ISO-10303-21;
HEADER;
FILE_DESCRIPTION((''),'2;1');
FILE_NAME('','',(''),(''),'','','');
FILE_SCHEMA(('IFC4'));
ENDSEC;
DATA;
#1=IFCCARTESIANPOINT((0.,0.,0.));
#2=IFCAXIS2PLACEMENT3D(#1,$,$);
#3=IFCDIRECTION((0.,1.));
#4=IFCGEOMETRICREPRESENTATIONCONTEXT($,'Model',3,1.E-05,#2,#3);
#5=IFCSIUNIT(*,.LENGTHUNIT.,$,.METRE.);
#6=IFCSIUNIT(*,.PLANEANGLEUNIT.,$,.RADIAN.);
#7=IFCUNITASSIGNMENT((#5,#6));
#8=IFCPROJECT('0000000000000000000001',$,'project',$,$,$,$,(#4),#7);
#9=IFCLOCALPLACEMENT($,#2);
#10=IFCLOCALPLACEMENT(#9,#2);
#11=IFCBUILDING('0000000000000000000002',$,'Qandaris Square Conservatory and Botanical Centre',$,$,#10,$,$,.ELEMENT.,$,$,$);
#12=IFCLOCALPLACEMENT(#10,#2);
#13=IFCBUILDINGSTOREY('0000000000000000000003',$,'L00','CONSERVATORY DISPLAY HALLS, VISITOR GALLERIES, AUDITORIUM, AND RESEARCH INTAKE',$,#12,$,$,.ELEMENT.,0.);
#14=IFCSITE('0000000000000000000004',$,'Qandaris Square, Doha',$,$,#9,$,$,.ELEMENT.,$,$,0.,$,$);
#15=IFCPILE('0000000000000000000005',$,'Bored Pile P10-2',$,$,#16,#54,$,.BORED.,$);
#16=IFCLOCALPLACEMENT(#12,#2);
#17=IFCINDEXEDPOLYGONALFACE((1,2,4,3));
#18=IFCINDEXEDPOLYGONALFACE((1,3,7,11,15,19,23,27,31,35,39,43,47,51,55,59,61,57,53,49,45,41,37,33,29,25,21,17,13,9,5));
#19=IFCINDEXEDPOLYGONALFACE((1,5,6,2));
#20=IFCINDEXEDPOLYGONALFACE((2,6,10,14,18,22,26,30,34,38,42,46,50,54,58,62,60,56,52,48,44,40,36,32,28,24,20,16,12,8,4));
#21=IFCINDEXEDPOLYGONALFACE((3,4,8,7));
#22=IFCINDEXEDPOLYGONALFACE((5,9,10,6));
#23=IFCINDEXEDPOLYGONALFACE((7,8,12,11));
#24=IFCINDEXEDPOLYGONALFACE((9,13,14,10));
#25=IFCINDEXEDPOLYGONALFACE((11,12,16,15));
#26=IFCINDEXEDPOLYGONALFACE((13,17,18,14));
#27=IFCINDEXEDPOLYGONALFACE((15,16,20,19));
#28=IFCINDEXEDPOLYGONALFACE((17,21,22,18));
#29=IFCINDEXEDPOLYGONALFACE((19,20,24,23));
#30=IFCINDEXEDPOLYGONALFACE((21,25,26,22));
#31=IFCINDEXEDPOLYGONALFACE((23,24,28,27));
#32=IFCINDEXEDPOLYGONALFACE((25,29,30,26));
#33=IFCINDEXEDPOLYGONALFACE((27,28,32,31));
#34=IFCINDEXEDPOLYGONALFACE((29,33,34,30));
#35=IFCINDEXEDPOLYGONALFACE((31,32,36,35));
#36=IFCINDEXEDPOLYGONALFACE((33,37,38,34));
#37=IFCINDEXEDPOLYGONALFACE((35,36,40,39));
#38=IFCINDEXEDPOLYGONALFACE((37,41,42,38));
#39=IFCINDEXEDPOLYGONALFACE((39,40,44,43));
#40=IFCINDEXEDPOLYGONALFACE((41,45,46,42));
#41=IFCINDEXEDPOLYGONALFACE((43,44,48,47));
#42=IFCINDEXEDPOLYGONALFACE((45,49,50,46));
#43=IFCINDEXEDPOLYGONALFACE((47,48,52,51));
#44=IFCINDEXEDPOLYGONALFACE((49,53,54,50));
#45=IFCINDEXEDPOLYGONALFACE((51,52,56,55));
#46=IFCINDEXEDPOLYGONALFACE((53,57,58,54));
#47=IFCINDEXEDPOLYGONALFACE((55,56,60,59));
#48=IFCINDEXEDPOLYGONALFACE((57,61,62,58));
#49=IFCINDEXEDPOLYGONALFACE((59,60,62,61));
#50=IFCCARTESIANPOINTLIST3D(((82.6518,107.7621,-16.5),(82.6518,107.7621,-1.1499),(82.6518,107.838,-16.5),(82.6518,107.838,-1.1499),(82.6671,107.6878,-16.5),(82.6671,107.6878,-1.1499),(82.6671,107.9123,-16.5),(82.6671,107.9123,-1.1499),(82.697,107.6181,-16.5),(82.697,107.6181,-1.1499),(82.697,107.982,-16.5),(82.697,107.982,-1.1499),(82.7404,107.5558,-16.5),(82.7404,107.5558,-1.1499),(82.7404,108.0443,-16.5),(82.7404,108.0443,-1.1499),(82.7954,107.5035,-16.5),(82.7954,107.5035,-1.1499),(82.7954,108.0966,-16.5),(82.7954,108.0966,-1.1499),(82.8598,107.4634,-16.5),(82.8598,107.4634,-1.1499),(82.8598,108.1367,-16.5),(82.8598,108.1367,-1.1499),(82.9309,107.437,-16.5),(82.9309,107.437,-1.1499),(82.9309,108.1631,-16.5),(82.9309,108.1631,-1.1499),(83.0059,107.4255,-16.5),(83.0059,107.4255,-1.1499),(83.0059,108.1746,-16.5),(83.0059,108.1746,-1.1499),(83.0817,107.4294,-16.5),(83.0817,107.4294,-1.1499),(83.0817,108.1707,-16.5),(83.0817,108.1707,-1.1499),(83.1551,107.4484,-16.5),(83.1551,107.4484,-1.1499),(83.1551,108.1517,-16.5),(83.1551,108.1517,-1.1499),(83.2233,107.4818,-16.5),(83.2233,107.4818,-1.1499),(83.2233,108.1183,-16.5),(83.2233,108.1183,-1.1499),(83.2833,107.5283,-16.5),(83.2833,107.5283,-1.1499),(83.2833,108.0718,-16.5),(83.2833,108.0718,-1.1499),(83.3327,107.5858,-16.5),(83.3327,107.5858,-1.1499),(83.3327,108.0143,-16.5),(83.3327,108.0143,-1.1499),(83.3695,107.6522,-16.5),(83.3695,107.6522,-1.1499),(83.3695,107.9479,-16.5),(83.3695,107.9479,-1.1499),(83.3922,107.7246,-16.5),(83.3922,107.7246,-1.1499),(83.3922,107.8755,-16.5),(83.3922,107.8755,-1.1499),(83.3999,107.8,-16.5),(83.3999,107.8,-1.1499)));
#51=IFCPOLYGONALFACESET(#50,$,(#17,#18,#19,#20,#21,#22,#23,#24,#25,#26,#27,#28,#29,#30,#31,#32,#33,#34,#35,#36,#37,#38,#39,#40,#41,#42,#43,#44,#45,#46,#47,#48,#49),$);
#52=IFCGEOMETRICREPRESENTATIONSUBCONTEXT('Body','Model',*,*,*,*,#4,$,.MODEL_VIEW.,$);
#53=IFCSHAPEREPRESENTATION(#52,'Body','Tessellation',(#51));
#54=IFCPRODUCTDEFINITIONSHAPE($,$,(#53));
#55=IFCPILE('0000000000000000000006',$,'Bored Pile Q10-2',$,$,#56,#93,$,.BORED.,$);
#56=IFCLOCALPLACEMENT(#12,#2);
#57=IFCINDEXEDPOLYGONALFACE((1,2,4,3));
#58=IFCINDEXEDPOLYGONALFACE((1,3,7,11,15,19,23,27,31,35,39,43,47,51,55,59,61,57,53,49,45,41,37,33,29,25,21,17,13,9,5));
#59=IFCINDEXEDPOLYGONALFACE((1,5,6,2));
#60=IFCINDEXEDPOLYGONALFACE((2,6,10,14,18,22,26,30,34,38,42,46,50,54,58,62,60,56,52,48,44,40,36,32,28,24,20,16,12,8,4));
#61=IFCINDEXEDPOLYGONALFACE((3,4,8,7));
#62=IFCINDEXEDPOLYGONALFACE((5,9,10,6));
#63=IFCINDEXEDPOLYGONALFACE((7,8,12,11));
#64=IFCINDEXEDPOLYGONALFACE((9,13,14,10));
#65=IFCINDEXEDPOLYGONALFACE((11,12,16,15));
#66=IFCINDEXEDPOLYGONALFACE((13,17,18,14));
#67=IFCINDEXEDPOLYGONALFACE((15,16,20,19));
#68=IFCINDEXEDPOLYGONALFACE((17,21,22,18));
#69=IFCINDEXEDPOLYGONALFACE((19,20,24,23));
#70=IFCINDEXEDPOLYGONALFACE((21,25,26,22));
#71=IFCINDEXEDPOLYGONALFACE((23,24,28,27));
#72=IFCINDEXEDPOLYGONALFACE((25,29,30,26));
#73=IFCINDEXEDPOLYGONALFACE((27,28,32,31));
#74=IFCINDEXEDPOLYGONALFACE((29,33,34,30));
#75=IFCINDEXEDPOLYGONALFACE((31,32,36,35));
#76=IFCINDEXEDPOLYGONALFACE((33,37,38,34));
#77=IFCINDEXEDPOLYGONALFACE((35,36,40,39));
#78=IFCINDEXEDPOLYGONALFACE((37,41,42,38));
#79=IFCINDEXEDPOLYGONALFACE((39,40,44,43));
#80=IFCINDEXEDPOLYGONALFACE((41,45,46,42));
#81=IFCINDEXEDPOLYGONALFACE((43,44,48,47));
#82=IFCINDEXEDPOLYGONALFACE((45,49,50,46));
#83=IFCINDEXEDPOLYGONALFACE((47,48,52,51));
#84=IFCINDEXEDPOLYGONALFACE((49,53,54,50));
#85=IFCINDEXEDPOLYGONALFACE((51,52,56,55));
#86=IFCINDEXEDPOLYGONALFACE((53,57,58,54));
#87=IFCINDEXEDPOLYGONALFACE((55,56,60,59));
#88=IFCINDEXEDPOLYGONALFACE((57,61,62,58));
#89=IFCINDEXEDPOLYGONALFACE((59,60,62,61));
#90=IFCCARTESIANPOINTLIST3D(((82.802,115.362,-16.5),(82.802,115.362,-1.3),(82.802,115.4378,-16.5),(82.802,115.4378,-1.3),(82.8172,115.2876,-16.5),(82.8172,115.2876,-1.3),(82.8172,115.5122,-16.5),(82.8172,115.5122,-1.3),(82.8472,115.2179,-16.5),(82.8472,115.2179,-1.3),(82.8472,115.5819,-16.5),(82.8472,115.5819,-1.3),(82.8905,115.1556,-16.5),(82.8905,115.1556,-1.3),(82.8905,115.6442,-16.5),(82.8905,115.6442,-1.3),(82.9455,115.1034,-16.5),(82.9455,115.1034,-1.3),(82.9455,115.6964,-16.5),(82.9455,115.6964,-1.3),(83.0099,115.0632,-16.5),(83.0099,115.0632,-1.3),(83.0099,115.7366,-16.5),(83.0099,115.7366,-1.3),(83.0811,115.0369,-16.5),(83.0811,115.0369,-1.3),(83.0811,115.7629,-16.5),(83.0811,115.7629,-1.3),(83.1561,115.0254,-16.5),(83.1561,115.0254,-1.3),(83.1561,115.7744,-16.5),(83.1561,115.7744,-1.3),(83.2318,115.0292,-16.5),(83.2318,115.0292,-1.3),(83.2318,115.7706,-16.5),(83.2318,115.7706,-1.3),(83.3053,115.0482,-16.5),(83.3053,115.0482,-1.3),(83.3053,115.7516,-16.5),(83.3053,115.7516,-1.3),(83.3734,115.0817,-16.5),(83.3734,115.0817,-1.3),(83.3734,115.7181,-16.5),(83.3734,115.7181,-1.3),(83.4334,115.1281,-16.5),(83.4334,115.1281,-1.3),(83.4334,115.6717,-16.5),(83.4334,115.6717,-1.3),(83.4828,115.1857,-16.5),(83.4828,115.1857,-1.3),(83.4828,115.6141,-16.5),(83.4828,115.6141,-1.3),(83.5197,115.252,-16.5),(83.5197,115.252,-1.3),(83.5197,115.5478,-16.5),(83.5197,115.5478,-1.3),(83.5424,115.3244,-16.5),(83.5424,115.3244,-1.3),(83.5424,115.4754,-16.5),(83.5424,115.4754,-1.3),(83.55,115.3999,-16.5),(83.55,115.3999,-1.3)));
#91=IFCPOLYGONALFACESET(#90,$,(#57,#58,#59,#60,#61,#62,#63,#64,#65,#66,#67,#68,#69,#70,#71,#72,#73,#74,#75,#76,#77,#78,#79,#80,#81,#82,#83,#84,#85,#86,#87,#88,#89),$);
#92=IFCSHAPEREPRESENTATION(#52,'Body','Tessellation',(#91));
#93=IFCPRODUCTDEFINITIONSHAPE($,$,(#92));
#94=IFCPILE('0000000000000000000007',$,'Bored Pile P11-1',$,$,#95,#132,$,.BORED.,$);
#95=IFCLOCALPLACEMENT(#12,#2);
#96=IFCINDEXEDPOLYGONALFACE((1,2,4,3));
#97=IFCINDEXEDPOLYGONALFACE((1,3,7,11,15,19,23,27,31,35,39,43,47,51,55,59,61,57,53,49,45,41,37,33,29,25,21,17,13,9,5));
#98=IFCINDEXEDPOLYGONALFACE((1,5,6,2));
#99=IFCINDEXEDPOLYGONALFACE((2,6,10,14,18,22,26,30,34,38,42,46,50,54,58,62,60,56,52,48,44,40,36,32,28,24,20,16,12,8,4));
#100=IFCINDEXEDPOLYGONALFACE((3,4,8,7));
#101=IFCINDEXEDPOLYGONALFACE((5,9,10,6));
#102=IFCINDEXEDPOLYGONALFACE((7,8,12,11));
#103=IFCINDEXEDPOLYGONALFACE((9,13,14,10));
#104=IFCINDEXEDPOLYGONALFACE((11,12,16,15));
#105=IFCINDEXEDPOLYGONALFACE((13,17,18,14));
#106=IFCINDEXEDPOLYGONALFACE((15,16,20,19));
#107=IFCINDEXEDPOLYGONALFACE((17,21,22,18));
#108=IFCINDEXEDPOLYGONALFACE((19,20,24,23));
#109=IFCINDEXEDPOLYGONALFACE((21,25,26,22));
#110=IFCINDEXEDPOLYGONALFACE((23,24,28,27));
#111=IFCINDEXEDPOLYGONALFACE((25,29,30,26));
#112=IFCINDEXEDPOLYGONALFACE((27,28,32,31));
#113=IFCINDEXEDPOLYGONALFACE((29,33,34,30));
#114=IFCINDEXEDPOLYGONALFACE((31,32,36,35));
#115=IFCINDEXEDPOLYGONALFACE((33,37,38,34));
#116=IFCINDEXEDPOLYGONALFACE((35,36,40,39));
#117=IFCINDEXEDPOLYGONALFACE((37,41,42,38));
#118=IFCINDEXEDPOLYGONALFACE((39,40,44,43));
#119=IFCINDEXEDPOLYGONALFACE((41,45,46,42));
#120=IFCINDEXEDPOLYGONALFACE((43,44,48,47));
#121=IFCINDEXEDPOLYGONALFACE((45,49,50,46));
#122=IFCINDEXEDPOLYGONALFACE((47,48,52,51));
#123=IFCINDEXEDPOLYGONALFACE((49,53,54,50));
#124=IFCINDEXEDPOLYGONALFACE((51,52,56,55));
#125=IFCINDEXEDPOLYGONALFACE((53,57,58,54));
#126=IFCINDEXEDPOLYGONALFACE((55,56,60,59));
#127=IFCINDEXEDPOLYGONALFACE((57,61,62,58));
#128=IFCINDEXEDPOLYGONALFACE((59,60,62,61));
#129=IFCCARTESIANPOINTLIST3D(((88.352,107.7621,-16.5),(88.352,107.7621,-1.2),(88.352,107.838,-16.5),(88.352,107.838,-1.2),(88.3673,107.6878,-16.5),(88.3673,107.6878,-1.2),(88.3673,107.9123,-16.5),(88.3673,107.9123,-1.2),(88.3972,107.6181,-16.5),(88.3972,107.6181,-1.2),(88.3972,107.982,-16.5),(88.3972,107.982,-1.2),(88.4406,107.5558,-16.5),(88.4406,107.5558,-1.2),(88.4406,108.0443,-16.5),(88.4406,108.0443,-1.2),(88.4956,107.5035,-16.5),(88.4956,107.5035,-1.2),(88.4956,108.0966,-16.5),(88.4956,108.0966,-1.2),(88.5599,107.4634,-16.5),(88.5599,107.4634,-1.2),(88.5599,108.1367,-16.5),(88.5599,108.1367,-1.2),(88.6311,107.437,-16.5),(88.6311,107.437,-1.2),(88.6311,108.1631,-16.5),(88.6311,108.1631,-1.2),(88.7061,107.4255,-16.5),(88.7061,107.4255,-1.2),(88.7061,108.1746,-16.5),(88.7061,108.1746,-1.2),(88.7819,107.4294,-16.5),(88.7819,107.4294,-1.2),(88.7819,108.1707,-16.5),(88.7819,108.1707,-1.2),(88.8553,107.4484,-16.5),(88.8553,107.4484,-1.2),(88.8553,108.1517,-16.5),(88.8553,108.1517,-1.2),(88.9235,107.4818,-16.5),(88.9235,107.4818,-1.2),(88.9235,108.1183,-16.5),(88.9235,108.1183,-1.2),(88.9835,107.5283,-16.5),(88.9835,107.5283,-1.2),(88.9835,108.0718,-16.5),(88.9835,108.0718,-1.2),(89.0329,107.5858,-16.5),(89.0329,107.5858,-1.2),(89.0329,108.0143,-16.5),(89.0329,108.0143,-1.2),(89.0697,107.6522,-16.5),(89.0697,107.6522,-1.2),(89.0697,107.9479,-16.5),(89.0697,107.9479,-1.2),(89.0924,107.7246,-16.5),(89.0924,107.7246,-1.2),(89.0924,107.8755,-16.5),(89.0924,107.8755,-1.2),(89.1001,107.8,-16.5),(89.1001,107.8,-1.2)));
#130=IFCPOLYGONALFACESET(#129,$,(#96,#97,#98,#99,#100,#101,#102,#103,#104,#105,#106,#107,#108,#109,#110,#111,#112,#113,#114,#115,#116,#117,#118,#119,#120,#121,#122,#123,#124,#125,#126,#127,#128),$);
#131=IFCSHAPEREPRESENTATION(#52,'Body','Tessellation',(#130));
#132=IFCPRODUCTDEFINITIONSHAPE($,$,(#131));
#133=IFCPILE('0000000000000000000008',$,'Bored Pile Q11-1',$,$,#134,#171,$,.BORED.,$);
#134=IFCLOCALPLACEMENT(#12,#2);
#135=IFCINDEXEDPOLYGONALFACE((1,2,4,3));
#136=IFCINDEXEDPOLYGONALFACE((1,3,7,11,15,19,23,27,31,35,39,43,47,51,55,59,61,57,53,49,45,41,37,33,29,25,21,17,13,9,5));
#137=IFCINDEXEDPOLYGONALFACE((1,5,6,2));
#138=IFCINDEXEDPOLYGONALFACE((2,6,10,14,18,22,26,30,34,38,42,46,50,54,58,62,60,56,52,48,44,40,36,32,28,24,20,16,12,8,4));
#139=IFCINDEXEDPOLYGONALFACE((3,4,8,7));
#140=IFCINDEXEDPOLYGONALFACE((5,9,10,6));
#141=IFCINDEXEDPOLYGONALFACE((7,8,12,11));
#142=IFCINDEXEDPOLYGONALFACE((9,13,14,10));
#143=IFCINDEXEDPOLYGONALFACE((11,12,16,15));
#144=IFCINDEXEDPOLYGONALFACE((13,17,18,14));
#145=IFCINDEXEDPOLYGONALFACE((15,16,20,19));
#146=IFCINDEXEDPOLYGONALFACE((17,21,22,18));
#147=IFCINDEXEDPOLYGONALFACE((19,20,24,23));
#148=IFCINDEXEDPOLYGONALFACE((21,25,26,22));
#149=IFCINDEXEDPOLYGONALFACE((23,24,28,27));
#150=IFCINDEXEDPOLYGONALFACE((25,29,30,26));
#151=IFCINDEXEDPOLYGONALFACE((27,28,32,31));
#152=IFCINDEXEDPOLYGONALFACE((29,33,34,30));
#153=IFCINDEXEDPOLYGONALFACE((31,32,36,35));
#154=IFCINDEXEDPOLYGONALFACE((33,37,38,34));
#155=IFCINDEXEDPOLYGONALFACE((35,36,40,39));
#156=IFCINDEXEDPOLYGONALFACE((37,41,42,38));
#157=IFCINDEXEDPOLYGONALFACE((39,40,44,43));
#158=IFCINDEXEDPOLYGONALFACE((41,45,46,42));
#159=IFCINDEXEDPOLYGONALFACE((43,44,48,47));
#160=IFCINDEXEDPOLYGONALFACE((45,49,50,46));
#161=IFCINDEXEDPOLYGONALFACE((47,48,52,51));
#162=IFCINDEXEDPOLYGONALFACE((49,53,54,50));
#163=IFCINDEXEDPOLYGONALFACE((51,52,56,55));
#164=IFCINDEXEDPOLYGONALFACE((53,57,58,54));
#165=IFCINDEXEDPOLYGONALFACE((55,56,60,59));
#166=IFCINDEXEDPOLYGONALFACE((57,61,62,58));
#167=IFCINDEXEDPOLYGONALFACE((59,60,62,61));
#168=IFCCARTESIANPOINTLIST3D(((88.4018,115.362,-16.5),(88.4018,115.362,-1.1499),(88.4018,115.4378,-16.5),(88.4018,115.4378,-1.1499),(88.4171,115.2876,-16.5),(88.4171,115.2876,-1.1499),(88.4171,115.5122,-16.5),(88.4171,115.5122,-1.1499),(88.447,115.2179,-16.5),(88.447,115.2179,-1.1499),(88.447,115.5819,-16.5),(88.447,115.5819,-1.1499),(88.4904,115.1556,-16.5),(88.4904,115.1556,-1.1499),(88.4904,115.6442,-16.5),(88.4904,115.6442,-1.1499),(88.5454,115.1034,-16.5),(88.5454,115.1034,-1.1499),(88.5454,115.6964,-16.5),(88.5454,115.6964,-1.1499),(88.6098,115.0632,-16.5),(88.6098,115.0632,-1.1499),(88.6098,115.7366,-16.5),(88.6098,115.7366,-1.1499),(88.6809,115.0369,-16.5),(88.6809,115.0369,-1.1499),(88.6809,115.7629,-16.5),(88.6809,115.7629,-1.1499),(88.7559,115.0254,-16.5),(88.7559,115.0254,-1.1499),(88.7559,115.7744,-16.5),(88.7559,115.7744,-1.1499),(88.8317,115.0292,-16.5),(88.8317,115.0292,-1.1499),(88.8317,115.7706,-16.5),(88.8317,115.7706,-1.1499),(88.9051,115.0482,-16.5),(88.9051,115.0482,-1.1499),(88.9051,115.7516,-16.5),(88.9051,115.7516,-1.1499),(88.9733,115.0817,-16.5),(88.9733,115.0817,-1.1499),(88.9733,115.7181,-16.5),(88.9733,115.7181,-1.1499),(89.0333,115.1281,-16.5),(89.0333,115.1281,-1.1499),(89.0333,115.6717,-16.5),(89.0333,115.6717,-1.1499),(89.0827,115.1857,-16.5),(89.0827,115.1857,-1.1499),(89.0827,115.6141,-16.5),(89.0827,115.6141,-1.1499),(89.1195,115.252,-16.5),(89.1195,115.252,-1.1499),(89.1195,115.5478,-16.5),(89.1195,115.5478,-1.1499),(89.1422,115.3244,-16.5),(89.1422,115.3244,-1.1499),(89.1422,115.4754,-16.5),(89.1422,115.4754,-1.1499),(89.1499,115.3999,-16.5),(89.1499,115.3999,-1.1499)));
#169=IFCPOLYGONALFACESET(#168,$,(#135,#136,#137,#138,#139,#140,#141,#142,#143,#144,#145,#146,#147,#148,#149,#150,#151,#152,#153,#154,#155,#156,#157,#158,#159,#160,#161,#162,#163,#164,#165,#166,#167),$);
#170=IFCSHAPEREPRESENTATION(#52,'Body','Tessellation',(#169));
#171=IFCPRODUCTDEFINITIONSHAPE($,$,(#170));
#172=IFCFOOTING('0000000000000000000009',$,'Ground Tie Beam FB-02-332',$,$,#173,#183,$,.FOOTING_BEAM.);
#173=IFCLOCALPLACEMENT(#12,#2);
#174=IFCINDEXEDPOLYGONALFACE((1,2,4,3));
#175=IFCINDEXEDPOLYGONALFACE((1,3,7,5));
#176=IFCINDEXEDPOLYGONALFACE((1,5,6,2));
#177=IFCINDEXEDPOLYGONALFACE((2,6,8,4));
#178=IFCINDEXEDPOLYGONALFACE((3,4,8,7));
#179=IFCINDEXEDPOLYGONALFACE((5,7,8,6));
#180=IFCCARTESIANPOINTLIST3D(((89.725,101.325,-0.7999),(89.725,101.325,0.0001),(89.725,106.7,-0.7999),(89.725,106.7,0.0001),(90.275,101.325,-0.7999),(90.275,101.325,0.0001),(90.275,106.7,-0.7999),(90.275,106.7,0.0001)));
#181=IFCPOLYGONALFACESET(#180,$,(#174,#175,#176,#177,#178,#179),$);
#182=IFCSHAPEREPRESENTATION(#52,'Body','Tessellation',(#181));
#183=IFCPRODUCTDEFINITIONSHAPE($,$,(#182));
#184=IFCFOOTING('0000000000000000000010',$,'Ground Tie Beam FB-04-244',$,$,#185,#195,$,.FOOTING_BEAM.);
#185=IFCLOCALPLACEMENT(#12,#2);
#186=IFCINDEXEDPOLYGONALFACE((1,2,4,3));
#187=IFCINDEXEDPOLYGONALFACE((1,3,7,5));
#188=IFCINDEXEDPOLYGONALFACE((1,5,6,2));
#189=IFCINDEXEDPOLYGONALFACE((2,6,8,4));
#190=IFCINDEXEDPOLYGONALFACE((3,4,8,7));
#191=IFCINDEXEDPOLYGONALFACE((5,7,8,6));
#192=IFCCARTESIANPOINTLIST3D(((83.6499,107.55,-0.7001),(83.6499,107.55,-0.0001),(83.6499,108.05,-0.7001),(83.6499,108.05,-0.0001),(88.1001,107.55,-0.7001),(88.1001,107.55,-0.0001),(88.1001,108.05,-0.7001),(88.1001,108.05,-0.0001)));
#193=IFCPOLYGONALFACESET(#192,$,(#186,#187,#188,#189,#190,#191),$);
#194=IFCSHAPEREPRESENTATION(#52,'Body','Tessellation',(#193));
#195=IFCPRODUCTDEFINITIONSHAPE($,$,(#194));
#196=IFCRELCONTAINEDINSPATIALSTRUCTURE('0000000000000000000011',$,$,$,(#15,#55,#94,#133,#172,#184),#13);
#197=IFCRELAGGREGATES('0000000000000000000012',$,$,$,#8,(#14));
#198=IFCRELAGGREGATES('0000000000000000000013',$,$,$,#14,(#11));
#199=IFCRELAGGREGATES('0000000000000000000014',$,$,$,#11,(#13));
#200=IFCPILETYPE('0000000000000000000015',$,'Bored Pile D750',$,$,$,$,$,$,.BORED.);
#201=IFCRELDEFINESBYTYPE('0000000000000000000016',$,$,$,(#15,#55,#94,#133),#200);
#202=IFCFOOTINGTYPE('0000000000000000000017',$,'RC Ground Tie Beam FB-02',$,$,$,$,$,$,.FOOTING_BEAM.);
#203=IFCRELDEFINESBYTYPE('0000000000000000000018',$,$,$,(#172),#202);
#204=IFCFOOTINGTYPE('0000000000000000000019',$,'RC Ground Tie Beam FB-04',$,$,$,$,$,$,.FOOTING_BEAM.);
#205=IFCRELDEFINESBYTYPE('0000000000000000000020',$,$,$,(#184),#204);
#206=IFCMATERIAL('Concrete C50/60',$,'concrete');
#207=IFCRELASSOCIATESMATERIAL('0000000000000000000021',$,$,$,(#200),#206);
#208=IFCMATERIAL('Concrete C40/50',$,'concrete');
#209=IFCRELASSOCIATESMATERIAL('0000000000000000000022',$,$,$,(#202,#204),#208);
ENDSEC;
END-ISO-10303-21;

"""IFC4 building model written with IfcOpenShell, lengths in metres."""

from ifc_helpers import new_model, si_unit, direction, frame, origin, origin_2d, place, context, subcontext, project, spatial, rectangle, circle, extrude, material, material_profile, profile_set, type_object, element, save


model = new_model("IFC4")

# Units and contexts
model_context = context("Model", 3, precision=1e-05, world=origin(), true_north=direction((0.0, 1.0)))
body_context = subcontext(model_context, "Body", "Model", "MODEL_VIEW")
ifc_project = project(units=[si_unit("LENGTHUNIT", "METRE"), si_unit("PLANEANGLEUNIT", "RADIAN")], contexts=[model_context])

# Site, building, storey
site_placement = place(None, origin())
site = spatial("IfcSite", under=ifc_project, at=site_placement, Name="Qandaris Square, Doha", CompositionType="ELEMENT", RefElevation=0.0)
building_placement = place(site_placement, origin())
building = spatial("IfcBuilding", under=site, at=building_placement, Name="Qandaris Square Conservatory and Botanical Centre", CompositionType="ELEMENT")
storey_placement = place(building_placement, origin())
storey = spatial("IfcBuildingStorey", under=building, at=storey_placement, Name="L00", Description="CONSERVATORY DISPLAY HALLS, VISITOR GALLERIES, AUDITORIUM, AND RESEARCH INTAKE", CompositionType="ELEMENT", Elevation=0.0)

# Piles
ifc_material_1 = material(Name="Concrete C50/60", Category="concrete")
ifc_material_profile_1 = material_profile(ifc_material_1, circle(Radius=0.375, at=origin_2d()), Name="PILE D750")
ifc_profile_set_1 = profile_set([ifc_material_profile_1], Name="Concrete C50/60")
pile_type = type_object("IfcPileType", Name="Bored Pile D750", PredefinedType="BORED", material=ifc_profile_set_1)
pile_1_placement = place(storey_placement, frame((83.0249, 107.8, -1.1499), z_axis=(0.0, 0.0, -1.0), x_axis=(1.0, 0.0, 0.0)))
element("IfcPile", 1, at=pile_1_placement, inside=storey, type_object=pile_type, Name="Bored Pile P10-2", PredefinedType="BORED", context=body_context, shape_type="SweptSolid", body=[
    extrude(circle(Radius=0.375, at=origin_2d()), origin(), (0.0, 0.0, 1.0), 15.3501),
])
pile_2_placement = place(storey_placement, frame((83.175, 115.3999, -1.3), z_axis=(0.0, 0.0, -1.0), x_axis=(1.0, 0.0, 0.0)))
element("IfcPile", 2, at=pile_2_placement, inside=storey, type_object=pile_type, Name="Bored Pile Q10-2", PredefinedType="BORED", context=body_context, shape_type="SweptSolid", body=[
    extrude(circle(Radius=0.375, at=origin_2d()), origin(), (0.0, 0.0, 1.0), 15.2),
])
pile_3_placement = place(storey_placement, frame((88.7251, 107.8, -1.2), z_axis=(0.0, 0.0, -1.0), x_axis=(1.0, 0.0, 0.0)))
element("IfcPile", 3, at=pile_3_placement, inside=storey, type_object=pile_type, Name="Bored Pile P11-1", PredefinedType="BORED", context=body_context, shape_type="SweptSolid", body=[
    extrude(circle(Radius=0.375, at=origin_2d()), origin(), (0.0, 0.0, 1.0), 15.3),
])
pile_4_placement = place(storey_placement, frame((88.7749, 115.3999, -1.1499), z_axis=(0.0, 0.0, -1.0), x_axis=(1.0, 0.0, 0.0)))
element("IfcPile", 4, at=pile_4_placement, inside=storey, type_object=pile_type, Name="Bored Pile Q11-1", PredefinedType="BORED", context=body_context, shape_type="SweptSolid", body=[
    extrude(circle(Radius=0.375, at=origin_2d()), origin(), (0.0, 0.0, 1.0), 15.3501),
])

# Footings
ifc_material_2 = material(Name="Concrete C40/50", Category="concrete")
ifc_material_profile_2 = material_profile(ifc_material_2, rectangle(XDim=0.55, YDim=0.8, at=origin_2d()), Name="FB 550x800")
ifc_profile_set_2 = profile_set([ifc_material_profile_2], Name="Concrete C40/50")
footing_type_1 = type_object("IfcFootingType", Name="RC Ground Tie Beam FB-02", PredefinedType="FOOTING_BEAM", material=ifc_profile_set_2)
footing_1_placement = place(storey_placement, frame((90.0, 101.325, -0.3999), z_axis=(0.0, 1.0, 0.0), x_axis=(-1.0, 0.0, 0.0)))
element("IfcFooting", 5, at=footing_1_placement, inside=storey, type_object=footing_type_1, Name="Ground Tie Beam FB-02-332", PredefinedType="FOOTING_BEAM", context=body_context, shape_type="SweptSolid", body=[
    extrude(rectangle(XDim=0.55, YDim=0.8, at=origin_2d()), origin(), (0.0, 0.0, 1.0), 5.375),
])
ifc_material_profile_3 = material_profile(ifc_material_2, rectangle(XDim=0.5, YDim=0.7, at=origin_2d()), Name="FB 500x700")
ifc_profile_set_3 = profile_set([ifc_material_profile_3], Name="Concrete C40/50")
footing_type_2 = type_object("IfcFootingType", Name="RC Ground Tie Beam FB-04", PredefinedType="FOOTING_BEAM", material=ifc_profile_set_3)
footing_2_placement = place(storey_placement, frame((83.6499, 107.8, -0.3501), z_axis=(1.0, 0.0, 0.0), x_axis=(0.0, 1.0, 0.0)))
element("IfcFooting", 6, at=footing_2_placement, inside=storey, type_object=footing_type_2, Name="Ground Tie Beam FB-04-244", PredefinedType="FOOTING_BEAM", context=body_context, shape_type="SweptSolid", body=[
    extrude(rectangle(XDim=0.5, YDim=0.7, at=origin_2d()), origin(), (0.0, 0.0, 1.0), 4.4502),
])

save(model, "model.ifc")
